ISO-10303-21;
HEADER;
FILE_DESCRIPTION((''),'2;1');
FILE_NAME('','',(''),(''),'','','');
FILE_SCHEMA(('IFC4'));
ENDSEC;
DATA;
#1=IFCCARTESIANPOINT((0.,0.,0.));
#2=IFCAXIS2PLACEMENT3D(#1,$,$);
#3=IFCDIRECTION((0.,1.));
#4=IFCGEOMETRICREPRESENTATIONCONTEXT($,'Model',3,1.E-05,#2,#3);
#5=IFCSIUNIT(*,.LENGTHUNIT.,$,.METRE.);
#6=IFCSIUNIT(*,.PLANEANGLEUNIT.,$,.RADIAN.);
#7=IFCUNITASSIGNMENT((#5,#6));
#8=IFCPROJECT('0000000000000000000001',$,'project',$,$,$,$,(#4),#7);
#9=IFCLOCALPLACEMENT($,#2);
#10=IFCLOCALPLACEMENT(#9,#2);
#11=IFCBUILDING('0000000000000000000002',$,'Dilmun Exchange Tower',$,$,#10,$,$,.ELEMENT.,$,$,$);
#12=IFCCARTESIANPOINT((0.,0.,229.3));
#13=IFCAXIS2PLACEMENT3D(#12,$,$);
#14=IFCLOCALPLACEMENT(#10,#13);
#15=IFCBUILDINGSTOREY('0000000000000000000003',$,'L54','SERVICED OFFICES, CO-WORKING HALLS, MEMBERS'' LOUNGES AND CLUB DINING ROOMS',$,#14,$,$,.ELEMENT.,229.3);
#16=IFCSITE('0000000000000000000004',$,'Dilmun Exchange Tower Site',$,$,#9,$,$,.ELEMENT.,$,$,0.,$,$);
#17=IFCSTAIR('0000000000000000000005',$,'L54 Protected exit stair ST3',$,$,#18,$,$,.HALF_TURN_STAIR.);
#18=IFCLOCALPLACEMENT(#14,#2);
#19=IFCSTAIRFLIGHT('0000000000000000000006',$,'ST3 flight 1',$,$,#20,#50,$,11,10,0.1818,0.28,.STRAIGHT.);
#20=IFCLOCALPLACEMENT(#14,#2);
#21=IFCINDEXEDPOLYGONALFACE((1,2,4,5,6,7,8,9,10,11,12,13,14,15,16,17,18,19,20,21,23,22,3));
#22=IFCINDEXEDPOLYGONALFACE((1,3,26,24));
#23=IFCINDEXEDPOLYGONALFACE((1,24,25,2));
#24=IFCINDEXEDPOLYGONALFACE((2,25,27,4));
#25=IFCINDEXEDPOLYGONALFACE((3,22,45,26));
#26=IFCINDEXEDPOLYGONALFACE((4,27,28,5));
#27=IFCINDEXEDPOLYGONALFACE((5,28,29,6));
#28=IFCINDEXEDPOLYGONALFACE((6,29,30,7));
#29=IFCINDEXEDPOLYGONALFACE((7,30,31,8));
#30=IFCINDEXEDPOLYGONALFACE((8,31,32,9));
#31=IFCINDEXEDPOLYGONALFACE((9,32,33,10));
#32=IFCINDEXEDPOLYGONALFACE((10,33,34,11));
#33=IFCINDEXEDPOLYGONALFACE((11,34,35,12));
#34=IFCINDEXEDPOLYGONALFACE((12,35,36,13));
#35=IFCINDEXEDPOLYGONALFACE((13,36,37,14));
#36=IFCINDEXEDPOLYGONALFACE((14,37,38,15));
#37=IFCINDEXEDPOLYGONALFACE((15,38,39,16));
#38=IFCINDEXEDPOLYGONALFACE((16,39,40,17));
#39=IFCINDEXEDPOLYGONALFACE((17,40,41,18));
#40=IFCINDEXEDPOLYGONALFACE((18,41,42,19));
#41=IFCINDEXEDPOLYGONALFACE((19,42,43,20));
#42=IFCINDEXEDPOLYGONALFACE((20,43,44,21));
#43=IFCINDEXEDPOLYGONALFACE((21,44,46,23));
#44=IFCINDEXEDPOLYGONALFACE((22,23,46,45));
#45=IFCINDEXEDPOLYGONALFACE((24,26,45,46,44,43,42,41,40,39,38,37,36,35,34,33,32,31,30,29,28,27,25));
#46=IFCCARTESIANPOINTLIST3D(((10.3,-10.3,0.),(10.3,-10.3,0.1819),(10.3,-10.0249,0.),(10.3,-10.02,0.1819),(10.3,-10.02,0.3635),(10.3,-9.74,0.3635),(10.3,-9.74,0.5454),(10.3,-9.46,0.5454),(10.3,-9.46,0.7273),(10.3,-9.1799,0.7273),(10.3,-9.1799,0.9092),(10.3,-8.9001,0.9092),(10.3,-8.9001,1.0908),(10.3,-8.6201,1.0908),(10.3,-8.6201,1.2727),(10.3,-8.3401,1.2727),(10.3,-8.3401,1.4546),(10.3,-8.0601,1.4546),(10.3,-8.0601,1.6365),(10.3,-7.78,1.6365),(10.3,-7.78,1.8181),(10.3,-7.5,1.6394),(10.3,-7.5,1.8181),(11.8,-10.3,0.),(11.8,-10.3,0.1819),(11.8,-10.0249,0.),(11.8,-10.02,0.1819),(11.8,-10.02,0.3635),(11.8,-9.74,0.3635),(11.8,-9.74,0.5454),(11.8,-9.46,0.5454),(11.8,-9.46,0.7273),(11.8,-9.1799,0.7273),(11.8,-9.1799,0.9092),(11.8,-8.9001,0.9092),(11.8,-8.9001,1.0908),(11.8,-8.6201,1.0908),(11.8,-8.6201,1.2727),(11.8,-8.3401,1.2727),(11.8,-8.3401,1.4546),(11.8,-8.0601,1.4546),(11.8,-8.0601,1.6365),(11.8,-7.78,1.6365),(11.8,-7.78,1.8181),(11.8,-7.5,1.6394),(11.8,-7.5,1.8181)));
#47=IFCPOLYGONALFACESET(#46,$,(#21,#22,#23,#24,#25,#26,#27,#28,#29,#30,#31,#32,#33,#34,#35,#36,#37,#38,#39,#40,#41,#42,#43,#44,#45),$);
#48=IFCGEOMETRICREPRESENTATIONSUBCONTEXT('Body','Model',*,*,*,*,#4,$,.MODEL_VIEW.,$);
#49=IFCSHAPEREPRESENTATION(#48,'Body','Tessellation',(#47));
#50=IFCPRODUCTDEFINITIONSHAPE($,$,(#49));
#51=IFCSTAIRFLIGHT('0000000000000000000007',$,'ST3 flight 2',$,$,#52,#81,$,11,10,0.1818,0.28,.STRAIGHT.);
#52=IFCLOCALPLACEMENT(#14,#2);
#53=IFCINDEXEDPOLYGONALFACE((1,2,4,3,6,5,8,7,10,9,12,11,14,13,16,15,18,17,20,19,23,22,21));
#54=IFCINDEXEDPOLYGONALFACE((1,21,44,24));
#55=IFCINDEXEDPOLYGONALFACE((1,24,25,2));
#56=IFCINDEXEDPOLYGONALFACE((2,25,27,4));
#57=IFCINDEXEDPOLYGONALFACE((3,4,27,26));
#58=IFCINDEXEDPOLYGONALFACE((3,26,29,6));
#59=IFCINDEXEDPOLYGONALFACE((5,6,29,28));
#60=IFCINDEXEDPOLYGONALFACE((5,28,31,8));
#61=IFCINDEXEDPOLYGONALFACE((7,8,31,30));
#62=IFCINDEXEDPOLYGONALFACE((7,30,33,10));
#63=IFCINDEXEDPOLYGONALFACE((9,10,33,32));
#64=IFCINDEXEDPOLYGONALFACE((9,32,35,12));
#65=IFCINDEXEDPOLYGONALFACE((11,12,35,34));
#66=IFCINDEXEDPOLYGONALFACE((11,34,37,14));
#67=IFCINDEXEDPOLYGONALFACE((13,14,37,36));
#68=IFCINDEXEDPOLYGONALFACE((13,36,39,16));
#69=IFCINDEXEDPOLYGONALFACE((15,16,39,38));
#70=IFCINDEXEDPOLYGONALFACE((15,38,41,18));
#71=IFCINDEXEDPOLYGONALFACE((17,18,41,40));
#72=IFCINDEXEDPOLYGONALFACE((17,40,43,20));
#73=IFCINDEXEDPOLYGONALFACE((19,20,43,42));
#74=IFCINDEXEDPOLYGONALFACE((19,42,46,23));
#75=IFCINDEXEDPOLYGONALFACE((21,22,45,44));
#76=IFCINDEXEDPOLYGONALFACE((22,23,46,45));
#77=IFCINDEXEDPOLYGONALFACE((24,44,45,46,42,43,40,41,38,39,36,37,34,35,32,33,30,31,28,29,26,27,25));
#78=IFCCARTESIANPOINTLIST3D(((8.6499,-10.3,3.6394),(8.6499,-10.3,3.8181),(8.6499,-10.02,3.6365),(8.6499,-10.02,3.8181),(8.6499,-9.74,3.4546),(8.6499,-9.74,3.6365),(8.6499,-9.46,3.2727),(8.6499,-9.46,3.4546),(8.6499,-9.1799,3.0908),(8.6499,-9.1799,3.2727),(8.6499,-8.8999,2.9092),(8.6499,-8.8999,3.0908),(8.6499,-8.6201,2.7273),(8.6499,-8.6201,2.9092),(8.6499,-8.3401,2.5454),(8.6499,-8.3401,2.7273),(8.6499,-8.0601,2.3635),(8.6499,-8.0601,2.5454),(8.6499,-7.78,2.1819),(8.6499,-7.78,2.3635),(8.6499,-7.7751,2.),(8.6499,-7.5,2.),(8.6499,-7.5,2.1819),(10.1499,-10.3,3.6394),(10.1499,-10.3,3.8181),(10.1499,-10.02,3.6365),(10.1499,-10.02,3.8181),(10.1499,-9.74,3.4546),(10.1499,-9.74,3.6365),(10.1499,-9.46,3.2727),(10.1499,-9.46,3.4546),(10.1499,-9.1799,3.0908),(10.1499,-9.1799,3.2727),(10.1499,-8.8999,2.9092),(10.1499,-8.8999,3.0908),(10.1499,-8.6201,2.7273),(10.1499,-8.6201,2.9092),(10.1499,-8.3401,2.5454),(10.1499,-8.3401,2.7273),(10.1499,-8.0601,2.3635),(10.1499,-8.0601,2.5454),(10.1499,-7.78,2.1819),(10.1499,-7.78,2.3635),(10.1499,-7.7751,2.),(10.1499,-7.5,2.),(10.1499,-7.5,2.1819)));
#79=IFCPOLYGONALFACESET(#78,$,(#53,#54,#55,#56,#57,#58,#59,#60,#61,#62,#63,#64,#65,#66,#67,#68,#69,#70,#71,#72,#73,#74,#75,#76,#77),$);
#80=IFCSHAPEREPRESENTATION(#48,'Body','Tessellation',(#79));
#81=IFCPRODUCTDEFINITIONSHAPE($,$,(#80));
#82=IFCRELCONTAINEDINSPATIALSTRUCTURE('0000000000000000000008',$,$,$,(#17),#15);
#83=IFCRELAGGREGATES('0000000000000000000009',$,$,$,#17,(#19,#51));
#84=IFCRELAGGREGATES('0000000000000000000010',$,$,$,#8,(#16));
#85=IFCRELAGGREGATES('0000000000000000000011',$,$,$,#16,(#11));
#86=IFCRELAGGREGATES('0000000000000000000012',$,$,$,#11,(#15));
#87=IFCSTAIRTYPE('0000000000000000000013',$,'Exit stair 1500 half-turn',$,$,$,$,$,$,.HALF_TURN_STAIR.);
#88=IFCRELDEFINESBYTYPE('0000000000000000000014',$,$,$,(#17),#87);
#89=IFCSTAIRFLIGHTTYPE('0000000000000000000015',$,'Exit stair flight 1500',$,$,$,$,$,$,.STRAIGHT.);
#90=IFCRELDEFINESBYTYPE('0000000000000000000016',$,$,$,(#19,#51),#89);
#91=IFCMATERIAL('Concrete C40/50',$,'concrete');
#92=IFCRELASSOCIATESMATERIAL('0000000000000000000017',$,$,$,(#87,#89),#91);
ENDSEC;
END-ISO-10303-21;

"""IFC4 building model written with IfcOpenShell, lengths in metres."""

from ifc_helpers import new_model, si_unit, direction, frame, origin, place, context, subcontext, project, spatial, polyline, outline, extrude, material, type_object, element, aggregate, save


model = new_model("IFC4")

# Units and contexts
model_context = context("Model", 3, precision=1e-05, world=origin(), true_north=direction((0.0, 1.0)))
body_context = subcontext(model_context, "Body", "Model", "MODEL_VIEW")
ifc_project = project(units=[si_unit("LENGTHUNIT", "METRE"), si_unit("PLANEANGLEUNIT", "RADIAN")], contexts=[model_context])

# Site, building, storey
site_placement = place(None, origin())
site = spatial("IfcSite", under=ifc_project, at=site_placement, Name="Dilmun Exchange Tower Site", CompositionType="ELEMENT", RefElevation=0.0)
building_placement = place(site_placement, origin())
building = spatial("IfcBuilding", under=site, at=building_placement, Name="Dilmun Exchange Tower", CompositionType="ELEMENT")
storey_placement = place(building_placement, frame((0.0, 0.0, 229.3)))
storey = spatial("IfcBuildingStorey", under=building, at=storey_placement, Name="L54", Description="SERVICED OFFICES, CO-WORKING HALLS, MEMBERS' LOUNGES AND CLUB DINING ROOMS", CompositionType="ELEMENT", Elevation=229.3)

# Shared definitions
ifc_material_1 = material(Name="Concrete C40/50", Category="concrete")

# Stair, stair flights
stair_type = type_object("IfcStairType", Name="Exit stair 1500 half-turn", PredefinedType="HALF_TURN_STAIR", material=ifc_material_1)
stair_placement = place(storey_placement, origin())
stair = element("IfcStair", 1, at=stair_placement, inside=storey, type_object=stair_type, Name="L54 Protected exit stair ST3", PredefinedType="HALF_TURN_STAIR")
stair_flight_type = type_object("IfcStairFlightType", Name="Exit stair flight 1500", PredefinedType="STRAIGHT", material=ifc_material_1)
stair_flight_1_placement = place(storey_placement, frame((11.05, -10.3, 0.0), z_axis=(0.0, 0.0, 1.0), x_axis=(0.0, 1.0, 0.0)))
stair_flight_1 = element("IfcStairFlight", 2, at=stair_flight_1_placement, type_object=stair_flight_type, Name="ST3 flight 1", NumberOfRisers=11, NumberOfTreads=10, PredefinedType="STRAIGHT", RiserHeight=0.1818, TreadLength=0.28, context=body_context, shape_type="SweptSolid", body=[
    extrude(outline(polyline([(0.0, 0.0), (0.0, 0.1819), (0.28, 0.1819), (0.28, 0.3635), (0.5601, 0.3635), (0.5601, 0.5454), (0.8401, 0.5454), (0.8401, 0.7273), (1.1201, 0.7273), (1.1201, 0.9092), (1.3999, 0.9092), (1.3999, 1.0908), (1.6799, 1.0908), (1.6799, 1.2727), (1.96, 1.2727), (1.96, 1.4546), (2.24, 1.4546), (2.24, 1.6365), (2.52, 1.6365), (2.52, 1.8181), (2.8, 1.8181), (2.8, 2.0), (2.8, 1.6394), (0.2751, 0.0), (0.0, 0.0)])), frame((0.0, 0.75, 0.0), z_axis=(0.0, -1.0, 0.0), x_axis=(1.0, 0.0, 0.0)), (0.0, 0.0, 1.0), 1.5),
])
stair_flight_2_placement = place(storey_placement, frame((9.3999, -7.5, 2.0), z_axis=(0.0, 0.0, 1.0), x_axis=(0.0, -1.0, 0.0)))
stair_flight_2 = element("IfcStairFlight", 3, at=stair_flight_2_placement, type_object=stair_flight_type, Name="ST3 flight 2", NumberOfRisers=11, NumberOfTreads=10, PredefinedType="STRAIGHT", RiserHeight=0.1818, TreadLength=0.28, context=body_context, shape_type="SweptSolid", body=[
    extrude(outline(polyline([(0.0, 0.0), (0.0, 0.1819), (0.28, 0.1819), (0.28, 0.3635), (0.5601, 0.3635), (0.5601, 0.5454), (0.8401, 0.5454), (0.8401, 0.7273), (1.1201, 0.7273), (1.1201, 0.9092), (1.3999, 0.9092), (1.3999, 1.0908), (1.6799, 1.0908), (1.6799, 1.2727), (1.96, 1.2727), (1.96, 1.4546), (2.24, 1.4546), (2.24, 1.6365), (2.52, 1.6365), (2.52, 1.8181), (2.8, 1.8181), (2.8, 2.0), (2.8, 1.6394), (0.2751, 0.0), (0.0, 0.0)])), frame((0.0, 0.75, 0.0), z_axis=(0.0, -1.0, 0.0), x_axis=(1.0, 0.0, 0.0)), (0.0, 0.0, 1.0), 1.5),
])
aggregate(stair, [stair_flight_1, stair_flight_2])

save(model, "model.ifc")
